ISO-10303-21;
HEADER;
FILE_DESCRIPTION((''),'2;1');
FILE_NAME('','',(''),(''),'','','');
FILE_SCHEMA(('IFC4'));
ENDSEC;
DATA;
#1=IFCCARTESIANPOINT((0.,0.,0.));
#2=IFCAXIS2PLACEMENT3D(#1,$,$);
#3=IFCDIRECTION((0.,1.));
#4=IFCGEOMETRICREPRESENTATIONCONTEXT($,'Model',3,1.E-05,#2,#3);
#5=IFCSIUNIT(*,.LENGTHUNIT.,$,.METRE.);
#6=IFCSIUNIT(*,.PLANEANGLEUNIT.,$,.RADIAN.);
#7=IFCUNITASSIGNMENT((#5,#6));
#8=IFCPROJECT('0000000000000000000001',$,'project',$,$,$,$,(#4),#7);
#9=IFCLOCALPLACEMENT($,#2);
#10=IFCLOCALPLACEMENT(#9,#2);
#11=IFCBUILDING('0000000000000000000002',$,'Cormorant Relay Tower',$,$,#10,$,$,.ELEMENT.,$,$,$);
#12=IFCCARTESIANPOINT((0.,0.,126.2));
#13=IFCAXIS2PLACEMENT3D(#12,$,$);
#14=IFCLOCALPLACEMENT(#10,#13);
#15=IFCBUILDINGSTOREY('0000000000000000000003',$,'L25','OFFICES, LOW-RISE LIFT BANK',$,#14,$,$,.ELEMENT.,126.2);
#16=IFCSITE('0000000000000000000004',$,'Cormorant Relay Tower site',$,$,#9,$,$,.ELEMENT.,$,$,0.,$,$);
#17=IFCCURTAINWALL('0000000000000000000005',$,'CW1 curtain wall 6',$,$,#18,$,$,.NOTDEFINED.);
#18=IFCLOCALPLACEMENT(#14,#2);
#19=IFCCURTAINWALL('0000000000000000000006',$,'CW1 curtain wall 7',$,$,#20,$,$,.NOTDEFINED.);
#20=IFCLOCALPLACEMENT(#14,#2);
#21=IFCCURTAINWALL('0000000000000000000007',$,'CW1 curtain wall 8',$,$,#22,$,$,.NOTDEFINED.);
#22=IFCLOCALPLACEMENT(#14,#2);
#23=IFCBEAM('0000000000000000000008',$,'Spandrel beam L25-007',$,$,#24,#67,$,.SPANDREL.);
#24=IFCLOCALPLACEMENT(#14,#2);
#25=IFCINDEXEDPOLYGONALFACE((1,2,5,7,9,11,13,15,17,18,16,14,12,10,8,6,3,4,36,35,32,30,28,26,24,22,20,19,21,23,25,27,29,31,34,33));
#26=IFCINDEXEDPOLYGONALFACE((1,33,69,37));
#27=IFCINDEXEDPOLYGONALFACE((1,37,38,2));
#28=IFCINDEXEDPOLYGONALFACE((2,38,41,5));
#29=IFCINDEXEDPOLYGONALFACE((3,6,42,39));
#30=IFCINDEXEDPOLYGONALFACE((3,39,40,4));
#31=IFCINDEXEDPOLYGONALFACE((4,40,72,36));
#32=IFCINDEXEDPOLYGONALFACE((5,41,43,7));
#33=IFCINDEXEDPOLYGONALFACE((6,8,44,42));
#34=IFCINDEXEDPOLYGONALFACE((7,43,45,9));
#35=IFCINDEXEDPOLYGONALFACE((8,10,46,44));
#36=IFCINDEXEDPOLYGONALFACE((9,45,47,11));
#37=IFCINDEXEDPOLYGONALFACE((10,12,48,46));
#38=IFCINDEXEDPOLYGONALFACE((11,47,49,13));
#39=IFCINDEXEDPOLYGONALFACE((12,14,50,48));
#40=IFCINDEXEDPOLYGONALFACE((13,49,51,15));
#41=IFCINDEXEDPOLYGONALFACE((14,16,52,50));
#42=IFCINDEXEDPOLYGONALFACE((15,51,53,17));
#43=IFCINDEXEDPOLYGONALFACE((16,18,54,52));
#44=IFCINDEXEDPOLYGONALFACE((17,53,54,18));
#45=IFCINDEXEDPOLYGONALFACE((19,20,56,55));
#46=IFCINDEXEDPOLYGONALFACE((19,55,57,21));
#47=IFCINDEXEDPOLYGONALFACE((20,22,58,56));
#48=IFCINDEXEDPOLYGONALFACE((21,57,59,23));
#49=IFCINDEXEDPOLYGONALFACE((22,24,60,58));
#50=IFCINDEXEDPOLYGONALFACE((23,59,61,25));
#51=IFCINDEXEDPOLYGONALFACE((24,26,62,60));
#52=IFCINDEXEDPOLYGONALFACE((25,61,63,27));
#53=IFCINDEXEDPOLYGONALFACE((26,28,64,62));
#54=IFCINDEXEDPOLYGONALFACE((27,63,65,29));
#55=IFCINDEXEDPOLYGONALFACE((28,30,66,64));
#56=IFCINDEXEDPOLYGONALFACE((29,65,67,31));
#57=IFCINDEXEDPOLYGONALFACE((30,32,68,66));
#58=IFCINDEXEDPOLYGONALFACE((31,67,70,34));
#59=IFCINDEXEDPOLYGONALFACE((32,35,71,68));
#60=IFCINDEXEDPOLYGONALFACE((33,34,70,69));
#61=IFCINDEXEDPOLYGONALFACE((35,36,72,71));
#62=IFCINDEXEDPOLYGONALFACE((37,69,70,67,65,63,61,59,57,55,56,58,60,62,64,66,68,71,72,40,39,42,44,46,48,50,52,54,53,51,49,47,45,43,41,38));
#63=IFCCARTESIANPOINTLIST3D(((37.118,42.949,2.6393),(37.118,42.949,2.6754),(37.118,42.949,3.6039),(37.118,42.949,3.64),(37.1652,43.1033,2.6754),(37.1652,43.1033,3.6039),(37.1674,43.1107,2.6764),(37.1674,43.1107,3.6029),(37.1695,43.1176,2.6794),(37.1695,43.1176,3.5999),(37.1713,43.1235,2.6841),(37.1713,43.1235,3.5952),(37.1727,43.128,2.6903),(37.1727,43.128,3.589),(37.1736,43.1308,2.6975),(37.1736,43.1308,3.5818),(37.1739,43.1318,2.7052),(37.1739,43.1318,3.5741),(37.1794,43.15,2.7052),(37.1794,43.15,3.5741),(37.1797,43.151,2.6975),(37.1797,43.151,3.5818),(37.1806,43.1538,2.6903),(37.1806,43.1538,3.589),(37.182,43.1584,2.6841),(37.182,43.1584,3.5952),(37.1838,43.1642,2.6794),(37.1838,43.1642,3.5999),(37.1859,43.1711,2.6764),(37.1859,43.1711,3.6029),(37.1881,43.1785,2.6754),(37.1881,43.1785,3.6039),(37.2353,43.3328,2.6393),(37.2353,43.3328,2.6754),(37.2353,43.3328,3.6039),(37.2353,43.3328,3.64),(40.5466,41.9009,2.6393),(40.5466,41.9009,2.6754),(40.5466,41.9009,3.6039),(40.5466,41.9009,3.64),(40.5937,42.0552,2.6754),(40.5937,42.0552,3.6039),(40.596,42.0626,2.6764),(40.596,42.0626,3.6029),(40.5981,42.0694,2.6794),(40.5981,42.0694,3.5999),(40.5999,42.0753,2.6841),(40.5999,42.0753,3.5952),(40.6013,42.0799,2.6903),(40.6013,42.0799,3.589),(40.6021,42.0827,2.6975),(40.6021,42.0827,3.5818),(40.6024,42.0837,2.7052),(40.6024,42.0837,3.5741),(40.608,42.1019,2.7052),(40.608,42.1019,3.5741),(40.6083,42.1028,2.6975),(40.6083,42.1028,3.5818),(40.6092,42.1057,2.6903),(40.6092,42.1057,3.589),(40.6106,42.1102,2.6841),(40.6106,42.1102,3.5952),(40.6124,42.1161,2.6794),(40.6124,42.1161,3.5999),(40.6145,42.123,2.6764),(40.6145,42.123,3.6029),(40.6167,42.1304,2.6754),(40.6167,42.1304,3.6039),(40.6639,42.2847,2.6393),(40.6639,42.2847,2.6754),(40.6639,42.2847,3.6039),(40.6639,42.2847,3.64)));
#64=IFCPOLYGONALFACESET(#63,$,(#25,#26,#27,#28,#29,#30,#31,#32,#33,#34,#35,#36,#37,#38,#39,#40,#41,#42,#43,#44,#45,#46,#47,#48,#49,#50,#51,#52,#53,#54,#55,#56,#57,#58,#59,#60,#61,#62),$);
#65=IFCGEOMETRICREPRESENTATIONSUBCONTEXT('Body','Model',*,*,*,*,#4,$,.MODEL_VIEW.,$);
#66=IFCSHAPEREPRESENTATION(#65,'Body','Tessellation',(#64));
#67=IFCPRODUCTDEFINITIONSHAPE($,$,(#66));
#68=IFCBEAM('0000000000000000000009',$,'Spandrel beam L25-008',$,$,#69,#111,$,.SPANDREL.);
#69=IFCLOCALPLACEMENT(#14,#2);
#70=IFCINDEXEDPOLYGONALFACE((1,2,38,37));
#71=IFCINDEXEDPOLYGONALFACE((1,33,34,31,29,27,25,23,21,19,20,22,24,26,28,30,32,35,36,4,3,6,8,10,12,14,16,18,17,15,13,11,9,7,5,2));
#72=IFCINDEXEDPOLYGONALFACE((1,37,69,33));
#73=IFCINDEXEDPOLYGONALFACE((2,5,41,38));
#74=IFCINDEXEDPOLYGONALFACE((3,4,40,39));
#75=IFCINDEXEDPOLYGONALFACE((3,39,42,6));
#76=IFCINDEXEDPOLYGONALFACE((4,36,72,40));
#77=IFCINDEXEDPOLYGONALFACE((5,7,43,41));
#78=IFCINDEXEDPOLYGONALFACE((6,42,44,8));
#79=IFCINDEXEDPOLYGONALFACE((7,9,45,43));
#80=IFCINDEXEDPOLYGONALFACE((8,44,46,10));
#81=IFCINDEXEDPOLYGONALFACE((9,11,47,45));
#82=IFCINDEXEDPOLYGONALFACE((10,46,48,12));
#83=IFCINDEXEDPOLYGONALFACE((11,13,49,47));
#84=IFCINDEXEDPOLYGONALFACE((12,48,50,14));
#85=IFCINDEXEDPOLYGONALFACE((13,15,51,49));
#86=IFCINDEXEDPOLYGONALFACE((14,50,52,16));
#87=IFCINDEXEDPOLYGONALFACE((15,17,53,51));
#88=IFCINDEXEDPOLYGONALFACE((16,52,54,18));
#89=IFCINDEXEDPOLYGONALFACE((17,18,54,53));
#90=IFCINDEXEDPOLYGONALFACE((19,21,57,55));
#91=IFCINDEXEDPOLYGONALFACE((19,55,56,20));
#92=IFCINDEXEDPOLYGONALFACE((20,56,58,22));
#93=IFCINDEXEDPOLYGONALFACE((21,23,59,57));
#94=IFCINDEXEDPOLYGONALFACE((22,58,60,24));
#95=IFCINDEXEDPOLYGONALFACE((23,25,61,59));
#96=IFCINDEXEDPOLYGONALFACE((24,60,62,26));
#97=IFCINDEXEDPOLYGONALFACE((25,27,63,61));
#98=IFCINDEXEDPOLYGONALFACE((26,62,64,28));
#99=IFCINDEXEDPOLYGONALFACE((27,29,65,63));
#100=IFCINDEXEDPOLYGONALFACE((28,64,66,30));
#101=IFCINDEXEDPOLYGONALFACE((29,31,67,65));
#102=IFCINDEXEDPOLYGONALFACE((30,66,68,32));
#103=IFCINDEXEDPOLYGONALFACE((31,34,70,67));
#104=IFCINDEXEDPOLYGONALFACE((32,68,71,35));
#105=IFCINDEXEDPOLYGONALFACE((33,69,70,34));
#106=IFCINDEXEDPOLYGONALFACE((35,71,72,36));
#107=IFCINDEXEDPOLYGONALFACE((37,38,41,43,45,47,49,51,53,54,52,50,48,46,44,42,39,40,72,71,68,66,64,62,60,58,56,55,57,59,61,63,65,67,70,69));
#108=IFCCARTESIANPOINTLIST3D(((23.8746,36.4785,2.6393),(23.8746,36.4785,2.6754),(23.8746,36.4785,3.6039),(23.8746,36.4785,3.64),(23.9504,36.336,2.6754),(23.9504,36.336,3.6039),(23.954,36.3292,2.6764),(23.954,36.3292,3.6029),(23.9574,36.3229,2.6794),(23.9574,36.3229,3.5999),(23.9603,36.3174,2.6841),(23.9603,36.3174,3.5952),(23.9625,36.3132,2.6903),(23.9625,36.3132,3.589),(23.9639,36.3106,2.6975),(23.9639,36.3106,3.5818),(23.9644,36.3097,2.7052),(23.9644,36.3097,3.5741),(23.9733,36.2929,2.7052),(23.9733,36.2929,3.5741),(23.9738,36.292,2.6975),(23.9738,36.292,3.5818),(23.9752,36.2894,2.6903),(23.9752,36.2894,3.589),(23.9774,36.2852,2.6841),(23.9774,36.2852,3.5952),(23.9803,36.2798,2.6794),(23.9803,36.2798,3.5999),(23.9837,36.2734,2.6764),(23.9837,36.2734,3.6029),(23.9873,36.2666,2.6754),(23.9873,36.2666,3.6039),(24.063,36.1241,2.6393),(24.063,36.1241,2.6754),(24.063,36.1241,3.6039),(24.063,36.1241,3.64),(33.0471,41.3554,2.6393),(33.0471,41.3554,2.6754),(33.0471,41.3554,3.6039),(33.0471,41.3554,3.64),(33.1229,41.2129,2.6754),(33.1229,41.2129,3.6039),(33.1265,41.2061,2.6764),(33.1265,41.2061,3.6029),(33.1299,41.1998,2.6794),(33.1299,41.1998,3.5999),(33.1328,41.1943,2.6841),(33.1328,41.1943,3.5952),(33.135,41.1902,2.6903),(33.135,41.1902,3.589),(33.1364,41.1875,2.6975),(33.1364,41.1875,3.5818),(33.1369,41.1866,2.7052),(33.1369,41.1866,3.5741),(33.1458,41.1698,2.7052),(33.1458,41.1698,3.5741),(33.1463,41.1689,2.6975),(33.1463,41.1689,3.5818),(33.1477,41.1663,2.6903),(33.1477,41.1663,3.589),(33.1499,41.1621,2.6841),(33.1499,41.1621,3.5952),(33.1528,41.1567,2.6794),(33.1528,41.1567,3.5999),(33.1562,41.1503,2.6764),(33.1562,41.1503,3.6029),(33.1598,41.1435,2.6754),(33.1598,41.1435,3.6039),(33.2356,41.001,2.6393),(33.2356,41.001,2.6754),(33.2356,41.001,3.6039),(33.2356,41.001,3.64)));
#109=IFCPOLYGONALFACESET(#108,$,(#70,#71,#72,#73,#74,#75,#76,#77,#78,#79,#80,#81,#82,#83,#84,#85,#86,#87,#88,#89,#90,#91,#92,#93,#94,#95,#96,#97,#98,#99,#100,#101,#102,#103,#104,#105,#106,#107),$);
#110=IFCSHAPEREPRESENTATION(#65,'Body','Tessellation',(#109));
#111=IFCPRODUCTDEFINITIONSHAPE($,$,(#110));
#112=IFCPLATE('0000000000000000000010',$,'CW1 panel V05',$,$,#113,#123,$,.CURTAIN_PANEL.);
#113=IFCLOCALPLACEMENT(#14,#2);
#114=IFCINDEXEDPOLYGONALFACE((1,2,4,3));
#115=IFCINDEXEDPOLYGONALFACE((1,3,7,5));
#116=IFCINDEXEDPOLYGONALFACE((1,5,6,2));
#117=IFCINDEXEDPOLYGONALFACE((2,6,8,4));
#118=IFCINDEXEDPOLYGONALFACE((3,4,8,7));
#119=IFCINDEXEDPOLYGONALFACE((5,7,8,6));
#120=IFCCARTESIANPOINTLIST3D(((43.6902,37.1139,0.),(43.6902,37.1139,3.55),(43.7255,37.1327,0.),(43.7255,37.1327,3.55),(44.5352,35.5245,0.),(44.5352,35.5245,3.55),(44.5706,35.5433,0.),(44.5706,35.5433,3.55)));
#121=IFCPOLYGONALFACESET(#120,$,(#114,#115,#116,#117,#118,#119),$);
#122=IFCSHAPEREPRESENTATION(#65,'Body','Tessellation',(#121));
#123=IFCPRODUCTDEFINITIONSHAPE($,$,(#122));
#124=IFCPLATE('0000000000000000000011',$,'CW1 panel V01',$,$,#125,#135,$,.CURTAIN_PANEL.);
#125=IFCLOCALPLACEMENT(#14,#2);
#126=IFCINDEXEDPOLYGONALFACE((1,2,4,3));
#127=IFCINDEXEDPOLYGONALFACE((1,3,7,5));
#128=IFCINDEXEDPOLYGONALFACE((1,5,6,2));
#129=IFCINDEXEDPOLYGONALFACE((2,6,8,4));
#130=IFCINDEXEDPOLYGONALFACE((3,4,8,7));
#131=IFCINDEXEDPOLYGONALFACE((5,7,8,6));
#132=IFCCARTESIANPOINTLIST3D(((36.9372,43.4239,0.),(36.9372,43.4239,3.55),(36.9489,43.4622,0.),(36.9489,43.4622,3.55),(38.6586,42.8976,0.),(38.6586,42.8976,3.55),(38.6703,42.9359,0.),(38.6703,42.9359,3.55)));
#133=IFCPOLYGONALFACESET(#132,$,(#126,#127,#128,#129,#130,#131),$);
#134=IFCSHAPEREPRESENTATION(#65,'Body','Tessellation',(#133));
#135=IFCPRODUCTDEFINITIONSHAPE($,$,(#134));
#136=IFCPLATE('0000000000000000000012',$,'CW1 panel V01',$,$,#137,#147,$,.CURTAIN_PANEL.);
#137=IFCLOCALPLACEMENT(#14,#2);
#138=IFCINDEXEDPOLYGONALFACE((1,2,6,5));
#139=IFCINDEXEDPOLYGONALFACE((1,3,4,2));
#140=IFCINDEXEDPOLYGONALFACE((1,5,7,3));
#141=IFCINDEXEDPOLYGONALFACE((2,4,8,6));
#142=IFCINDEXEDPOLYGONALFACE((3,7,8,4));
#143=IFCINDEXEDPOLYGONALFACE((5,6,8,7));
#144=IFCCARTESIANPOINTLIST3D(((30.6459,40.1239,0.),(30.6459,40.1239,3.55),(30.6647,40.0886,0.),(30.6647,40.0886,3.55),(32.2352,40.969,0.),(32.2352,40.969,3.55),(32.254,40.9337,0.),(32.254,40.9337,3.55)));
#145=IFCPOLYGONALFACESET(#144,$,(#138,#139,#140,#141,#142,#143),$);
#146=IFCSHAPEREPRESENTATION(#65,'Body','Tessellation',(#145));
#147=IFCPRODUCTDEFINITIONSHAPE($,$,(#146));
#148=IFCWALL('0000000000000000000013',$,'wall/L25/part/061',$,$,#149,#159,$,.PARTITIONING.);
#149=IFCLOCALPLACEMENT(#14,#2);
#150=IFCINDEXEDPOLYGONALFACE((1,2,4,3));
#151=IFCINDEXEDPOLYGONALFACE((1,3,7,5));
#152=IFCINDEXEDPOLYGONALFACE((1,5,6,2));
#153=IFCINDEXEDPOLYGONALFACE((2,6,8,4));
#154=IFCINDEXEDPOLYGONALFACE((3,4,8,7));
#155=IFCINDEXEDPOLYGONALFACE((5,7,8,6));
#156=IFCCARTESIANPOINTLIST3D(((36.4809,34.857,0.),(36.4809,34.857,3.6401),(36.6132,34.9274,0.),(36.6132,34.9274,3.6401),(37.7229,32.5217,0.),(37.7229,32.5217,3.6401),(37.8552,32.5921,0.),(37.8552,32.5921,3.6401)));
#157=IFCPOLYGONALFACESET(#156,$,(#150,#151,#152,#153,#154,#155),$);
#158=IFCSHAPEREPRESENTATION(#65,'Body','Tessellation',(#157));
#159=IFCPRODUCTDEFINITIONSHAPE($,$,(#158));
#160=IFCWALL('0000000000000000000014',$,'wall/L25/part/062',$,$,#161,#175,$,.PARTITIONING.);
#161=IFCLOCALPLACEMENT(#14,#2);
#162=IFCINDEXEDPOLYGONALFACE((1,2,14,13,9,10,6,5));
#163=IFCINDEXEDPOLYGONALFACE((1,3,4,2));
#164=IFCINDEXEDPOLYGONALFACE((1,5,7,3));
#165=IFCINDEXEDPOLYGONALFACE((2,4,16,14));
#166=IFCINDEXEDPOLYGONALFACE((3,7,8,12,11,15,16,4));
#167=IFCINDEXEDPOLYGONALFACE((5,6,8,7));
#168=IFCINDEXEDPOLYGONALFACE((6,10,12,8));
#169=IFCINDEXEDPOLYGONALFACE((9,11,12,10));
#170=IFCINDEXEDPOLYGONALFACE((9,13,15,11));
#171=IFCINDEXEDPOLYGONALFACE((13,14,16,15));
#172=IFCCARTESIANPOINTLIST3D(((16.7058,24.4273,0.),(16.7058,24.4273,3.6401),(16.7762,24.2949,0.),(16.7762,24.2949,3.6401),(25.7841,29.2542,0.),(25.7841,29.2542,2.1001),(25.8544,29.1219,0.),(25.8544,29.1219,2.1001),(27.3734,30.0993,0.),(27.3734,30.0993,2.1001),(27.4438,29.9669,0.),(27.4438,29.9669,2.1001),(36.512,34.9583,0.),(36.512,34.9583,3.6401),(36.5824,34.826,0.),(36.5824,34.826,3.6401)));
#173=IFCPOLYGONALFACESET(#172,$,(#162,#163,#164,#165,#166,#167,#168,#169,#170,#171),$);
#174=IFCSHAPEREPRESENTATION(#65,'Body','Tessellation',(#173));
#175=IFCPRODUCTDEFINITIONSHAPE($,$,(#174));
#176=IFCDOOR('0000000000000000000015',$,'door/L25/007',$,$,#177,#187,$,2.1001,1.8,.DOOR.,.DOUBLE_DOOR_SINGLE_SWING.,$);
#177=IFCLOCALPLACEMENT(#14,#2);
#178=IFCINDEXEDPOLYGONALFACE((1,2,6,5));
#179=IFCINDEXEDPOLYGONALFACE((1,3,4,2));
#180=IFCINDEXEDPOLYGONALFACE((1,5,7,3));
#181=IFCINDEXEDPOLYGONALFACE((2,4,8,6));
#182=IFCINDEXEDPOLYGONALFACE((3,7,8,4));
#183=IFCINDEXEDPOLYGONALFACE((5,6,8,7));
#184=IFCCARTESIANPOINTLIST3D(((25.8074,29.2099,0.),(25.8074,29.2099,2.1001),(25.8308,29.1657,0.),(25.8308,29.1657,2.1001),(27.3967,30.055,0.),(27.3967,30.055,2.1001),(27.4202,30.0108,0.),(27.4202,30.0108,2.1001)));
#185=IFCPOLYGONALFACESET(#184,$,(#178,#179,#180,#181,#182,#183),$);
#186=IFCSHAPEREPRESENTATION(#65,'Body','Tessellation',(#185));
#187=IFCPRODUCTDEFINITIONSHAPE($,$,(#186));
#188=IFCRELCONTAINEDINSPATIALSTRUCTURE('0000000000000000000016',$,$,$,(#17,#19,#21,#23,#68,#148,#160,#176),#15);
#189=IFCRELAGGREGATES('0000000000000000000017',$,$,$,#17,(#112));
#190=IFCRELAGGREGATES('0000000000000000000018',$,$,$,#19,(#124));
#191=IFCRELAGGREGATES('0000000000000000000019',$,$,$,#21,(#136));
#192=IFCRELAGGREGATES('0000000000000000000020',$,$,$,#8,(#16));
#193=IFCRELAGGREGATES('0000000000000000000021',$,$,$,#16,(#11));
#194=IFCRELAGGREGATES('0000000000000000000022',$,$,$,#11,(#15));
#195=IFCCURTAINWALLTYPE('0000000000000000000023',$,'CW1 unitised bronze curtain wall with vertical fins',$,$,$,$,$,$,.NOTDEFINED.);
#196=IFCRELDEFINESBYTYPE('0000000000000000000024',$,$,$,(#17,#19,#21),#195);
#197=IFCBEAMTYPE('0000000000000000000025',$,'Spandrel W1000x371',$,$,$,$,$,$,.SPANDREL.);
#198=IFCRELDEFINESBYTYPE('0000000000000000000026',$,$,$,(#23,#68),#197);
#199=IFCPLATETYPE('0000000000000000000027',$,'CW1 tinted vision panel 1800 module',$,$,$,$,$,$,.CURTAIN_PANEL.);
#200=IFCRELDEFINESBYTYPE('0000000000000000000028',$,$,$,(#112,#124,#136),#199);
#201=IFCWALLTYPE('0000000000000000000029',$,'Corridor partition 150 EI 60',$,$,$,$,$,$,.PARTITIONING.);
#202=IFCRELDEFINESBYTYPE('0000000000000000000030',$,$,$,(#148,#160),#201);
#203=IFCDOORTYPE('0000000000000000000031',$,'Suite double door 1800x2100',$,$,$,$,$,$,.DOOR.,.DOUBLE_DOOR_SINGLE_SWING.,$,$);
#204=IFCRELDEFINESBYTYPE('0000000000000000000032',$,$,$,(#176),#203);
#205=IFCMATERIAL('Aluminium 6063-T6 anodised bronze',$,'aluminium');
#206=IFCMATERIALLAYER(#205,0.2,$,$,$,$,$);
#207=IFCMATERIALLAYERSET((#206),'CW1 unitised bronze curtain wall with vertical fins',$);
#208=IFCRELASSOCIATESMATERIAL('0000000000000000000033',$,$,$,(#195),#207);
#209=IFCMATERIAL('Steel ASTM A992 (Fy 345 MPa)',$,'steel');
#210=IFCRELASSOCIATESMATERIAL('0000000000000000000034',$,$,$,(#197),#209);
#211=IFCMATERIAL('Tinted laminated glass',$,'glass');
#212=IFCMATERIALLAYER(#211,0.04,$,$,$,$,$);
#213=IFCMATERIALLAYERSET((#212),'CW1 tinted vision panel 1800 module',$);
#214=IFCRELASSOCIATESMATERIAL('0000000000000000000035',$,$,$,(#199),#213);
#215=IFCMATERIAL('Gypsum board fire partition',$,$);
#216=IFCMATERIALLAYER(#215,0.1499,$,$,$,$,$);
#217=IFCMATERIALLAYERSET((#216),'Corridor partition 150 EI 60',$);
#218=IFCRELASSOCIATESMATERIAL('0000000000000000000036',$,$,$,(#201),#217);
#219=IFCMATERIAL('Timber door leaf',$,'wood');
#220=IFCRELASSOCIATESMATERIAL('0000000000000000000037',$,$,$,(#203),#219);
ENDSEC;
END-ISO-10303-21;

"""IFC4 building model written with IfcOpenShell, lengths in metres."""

from ifc_helpers import new_model, si_unit, direction, frame, frame_2d, origin, origin_2d, place, context, subcontext, project, spatial, rectangle, i_section, extrude, material, layer, layer_set, material_profile, profile_set, type_object, element, fill, aggregate, save


model = new_model("IFC4")

# Units and contexts
model_context = context("Model", 3, precision=1e-05, world=origin(), true_north=direction((0.0, 1.0)))
body_context = subcontext(model_context, "Body", "Model", "MODEL_VIEW")
ifc_project = project(units=[si_unit("LENGTHUNIT", "METRE"), si_unit("PLANEANGLEUNIT", "RADIAN")], contexts=[model_context])

# Site, building, storey
site_placement = place(None, origin())
site = spatial("IfcSite", under=ifc_project, at=site_placement, Name="Cormorant Relay Tower site", CompositionType="ELEMENT", RefElevation=0.0)
building_placement = place(site_placement, origin())
building = spatial("IfcBuilding", under=site, at=building_placement, Name="Cormorant Relay Tower", CompositionType="ELEMENT")
storey_placement = place(building_placement, frame((0.0, 0.0, 126.2)))
storey = spatial("IfcBuildingStorey", under=building, at=storey_placement, Name="L25", Description="OFFICES, LOW-RISE LIFT BANK", CompositionType="ELEMENT", Elevation=126.2)

# Curtain wall
ifc_material_1 = material(Name="Aluminium 6063-T6 anodised bronze", Category="aluminium")
ifc_layer_1 = layer(ifc_material_1, 0.2)
ifc_layer_set_1 = layer_set([ifc_layer_1], Name="CW1 unitised bronze curtain wall with vertical fins")
curtain_wall_type = type_object("IfcCurtainWallType", Name="CW1 unitised bronze curtain wall with vertical fins", PredefinedType="NOTDEFINED", material=ifc_layer_set_1)
curtain_wall_1_placement = place(storey_placement, origin())
curtain_wall_1 = element("IfcCurtainWall", 1, at=curtain_wall_1_placement, inside=storey, type_object=curtain_wall_type, Name="CW1 curtain wall 6", PredefinedType="NOTDEFINED")

# Curtain wall
curtain_wall_2_placement = place(storey_placement, origin())
curtain_wall_2 = element("IfcCurtainWall", 2, at=curtain_wall_2_placement, inside=storey, type_object=curtain_wall_type, Name="CW1 curtain wall 7", PredefinedType="NOTDEFINED")

# Curtain wall
curtain_wall_3_placement = place(storey_placement, origin())
curtain_wall_3 = element("IfcCurtainWall", 3, at=curtain_wall_3_placement, inside=storey, type_object=curtain_wall_type, Name="CW1 curtain wall 8", PredefinedType="NOTDEFINED")

# Beams
ifc_material_2 = material(Name="Steel ASTM A992 (Fy 345 MPa)", Category="steel")
ifc_material_profile_1 = material_profile(ifc_material_2, i_section(OverallWidth=0.4014, OverallDepth=1.0007, WebThickness=0.019, FlangeThickness=0.0361, FilletRadius=0.0298, at=origin_2d()), Name="W1000x371")
ifc_profile_set_1 = profile_set([ifc_material_profile_1], Name="Steel ASTM A992 (Fy 345 MPa)")
beam_type = type_object("IfcBeamType", Name="Spandrel W1000x371", PredefinedType="SPANDREL", material=ifc_profile_set_1)
beam_1_placement = place(storey_placement, frame((40.6052, 42.0928, 3.1396), z_axis=(-0.956312, 0.292348, 0.0), x_axis=(-0.292348, -0.956312, 0.0)))
element("IfcBeam", 4, at=beam_1_placement, inside=storey, type_object=beam_type, Name="Spandrel beam L25-007", PredefinedType="SPANDREL", context=body_context, shape_type="SweptSolid", body=[
    extrude(i_section(OverallWidth=0.4014, OverallDepth=1.0007, WebThickness=0.019, FlangeThickness=0.0361, FilletRadius=0.0298, at=origin_2d()), origin(), (0.0, 0.0, 1.0), 3.5852),
])
beam_2_placement = place(storey_placement, frame((33.1414, 41.1782, 3.1396), z_axis=(-0.882956, -0.469456, 0.0), x_axis=(0.469456, -0.882956, 0.0)))
element("IfcBeam", 5, at=beam_2_placement, inside=storey, type_object=beam_type, Name="Spandrel beam L25-008", PredefinedType="SPANDREL", context=body_context, shape_type="SweptSolid", body=[
    extrude(i_section(OverallWidth=0.4014, OverallDepth=1.0007, WebThickness=0.019, FlangeThickness=0.0361, FilletRadius=0.0298, at=origin_2d()), origin(), (0.0, 0.0, 1.0), 10.3884),
])

# Plates
ifc_material_3 = material(Name="Tinted laminated glass", Category="glass")
ifc_layer_2 = layer(ifc_material_3, 0.04)
ifc_layer_set_2 = layer_set([ifc_layer_2], Name="CW1 tinted vision panel 1800 module")
plate_type = type_object("IfcPlateType", Name="CW1 tinted vision panel 1800 module", PredefinedType="CURTAIN_PANEL", material=ifc_layer_set_2)
plate_1_placement = place(storey_placement, frame((44.1304, 36.3286, 0.0), z_axis=(0.0, 0.0, 1.0), x_axis=(-0.469472, 0.882948, 0.0)))
plate_1 = element("IfcPlate", 6, at=plate_1_placement, type_object=plate_type, Name="CW1 panel V05", PredefinedType="CURTAIN_PANEL", context=body_context, shape_type="SweptSolid", body=[
    extrude(rectangle(XDim=1.8, YDim=0.04, at=origin_2d()), origin(), (0.0, 0.0, 1.0), 3.55),
])
plate_2_placement = place(storey_placement, frame((37.8037, 43.1799, 0.0), z_axis=(0.0, 0.0, 1.0), x_axis=(-0.956305, 0.292372, 0.0)))
plate_2 = element("IfcPlate", 7, at=plate_2_placement, type_object=plate_type, Name="CW1 panel V01", PredefinedType="CURTAIN_PANEL", context=body_context, shape_type="SweptSolid", body=[
    extrude(rectangle(XDim=1.8, YDim=0.04, at=origin_2d()), origin(), (0.0, 0.0, 1.0), 3.55),
])
plate_3_placement = place(storey_placement, frame((31.45, 40.5288, 0.0), z_axis=(0.0, 0.0, 1.0), x_axis=(-0.882948, -0.469472, 0.0)))
plate_3 = element("IfcPlate", 8, at=plate_3_placement, type_object=plate_type, Name="CW1 panel V01", PredefinedType="CURTAIN_PANEL", context=body_context, shape_type="SweptSolid", body=[
    extrude(rectangle(XDim=1.8, YDim=0.04, at=origin_2d()), origin(), (0.0, 0.0, 1.0), 3.55),
])

# Wall
ifc_material_4 = material(Name="Gypsum board fire partition")
ifc_layer_3 = layer(ifc_material_4, 0.1499)
ifc_layer_set_3 = layer_set([ifc_layer_3], Name="Corridor partition 150 EI 60")
wall_type_1 = type_object("IfcWallType", Name="Corridor partition 150 EI 60", PredefinedType="PARTITIONING", material=ifc_layer_set_3)
wall_1_placement = place(storey_placement, frame((37.7891, 32.5569, 0.0), z_axis=(0.0, 0.0, 1.0), x_axis=(-0.469558, 0.882902, 0.0)))
element("IfcWall", 9, at=wall_1_placement, inside=storey, type_object=wall_type_1, Name="wall/L25/part/061", PredefinedType="PARTITIONING", context=body_context, shape_type="SweptSolid", body=[
    extrude(rectangle(XDim=2.645, YDim=0.1499, at=frame_2d((1.3225, 0.0))), origin(), (0.0, 0.0, 1.0), 3.6401),
])

# Wall, opening, door
wall_2_placement = place(storey_placement, frame((36.5471, 34.8921, 0.0), z_axis=(0.0, 0.0, 1.0), x_axis=(-0.88295, -0.469468, 0.0)))
wall_2 = element("IfcWall", 10, at=wall_2_placement, inside=storey, type_object=wall_type_1, Name="wall/L25/part/062", PredefinedType="PARTITIONING", context=body_context, shape_type="SweptSolid", body=[
    extrude(rectangle(XDim=22.4319, YDim=0.1499, at=frame_2d((11.2158, 0.0))), origin(), (0.0, 0.0, 1.0), 3.6401),
])
opening_1_placement = place(wall_2_placement, frame((10.3501, 0.0, 0.0)))
opening_1 = element("IfcOpeningElement", 11, at=opening_1_placement, cuts=wall_2, PredefinedType="OPENING", context=body_context, shape_type="SweptSolid", body=[
    extrude(rectangle(XDim=1.8, YDim=2.1001, at=frame_2d((0.8999, 1.05))), frame((0.0, 0.085, 0.0), z_axis=(0.0, -1.0, 0.0), x_axis=(1.0, 0.0, 0.0)), (0.0, 0.0, 1.0), 0.1699),
])
ifc_material_5 = material(Name="Timber door leaf", Category="wood")
door_type = type_object("IfcDoorType", Name="Suite double door 1800x2100", OperationType="DOUBLE_DOOR_SINGLE_SWING", PredefinedType="DOOR", material=ifc_material_5)
door_1_placement = place(opening_1_placement, frame((1.8, 0.0, 0.0), z_axis=(0.0, 0.0, 1.0), x_axis=(-1.0, 0.0, 0.0)))
door_1 = element("IfcDoor", 12, at=door_1_placement, inside=storey, type_object=door_type, Name="door/L25/007", OperationType="DOUBLE_DOOR_SINGLE_SWING", OverallHeight=2.1001, OverallWidth=1.8, PredefinedType="DOOR", context=body_context, shape_type="SweptSolid", body=[
    extrude(rectangle(XDim=1.8, YDim=2.1001, at=frame_2d((0.8999, 1.05))), frame((0.0, 0.0249, 0.0), z_axis=(0.0, -1.0, 0.0), x_axis=(1.0, 0.0, 0.0)), (0.0, 0.0, 1.0), 0.05),
])
fill(opening_1, door_1)

aggregate(curtain_wall_1, [plate_1])
aggregate(curtain_wall_2, [plate_2])
aggregate(curtain_wall_3, [plate_3])

save(model, "model.ifc")
